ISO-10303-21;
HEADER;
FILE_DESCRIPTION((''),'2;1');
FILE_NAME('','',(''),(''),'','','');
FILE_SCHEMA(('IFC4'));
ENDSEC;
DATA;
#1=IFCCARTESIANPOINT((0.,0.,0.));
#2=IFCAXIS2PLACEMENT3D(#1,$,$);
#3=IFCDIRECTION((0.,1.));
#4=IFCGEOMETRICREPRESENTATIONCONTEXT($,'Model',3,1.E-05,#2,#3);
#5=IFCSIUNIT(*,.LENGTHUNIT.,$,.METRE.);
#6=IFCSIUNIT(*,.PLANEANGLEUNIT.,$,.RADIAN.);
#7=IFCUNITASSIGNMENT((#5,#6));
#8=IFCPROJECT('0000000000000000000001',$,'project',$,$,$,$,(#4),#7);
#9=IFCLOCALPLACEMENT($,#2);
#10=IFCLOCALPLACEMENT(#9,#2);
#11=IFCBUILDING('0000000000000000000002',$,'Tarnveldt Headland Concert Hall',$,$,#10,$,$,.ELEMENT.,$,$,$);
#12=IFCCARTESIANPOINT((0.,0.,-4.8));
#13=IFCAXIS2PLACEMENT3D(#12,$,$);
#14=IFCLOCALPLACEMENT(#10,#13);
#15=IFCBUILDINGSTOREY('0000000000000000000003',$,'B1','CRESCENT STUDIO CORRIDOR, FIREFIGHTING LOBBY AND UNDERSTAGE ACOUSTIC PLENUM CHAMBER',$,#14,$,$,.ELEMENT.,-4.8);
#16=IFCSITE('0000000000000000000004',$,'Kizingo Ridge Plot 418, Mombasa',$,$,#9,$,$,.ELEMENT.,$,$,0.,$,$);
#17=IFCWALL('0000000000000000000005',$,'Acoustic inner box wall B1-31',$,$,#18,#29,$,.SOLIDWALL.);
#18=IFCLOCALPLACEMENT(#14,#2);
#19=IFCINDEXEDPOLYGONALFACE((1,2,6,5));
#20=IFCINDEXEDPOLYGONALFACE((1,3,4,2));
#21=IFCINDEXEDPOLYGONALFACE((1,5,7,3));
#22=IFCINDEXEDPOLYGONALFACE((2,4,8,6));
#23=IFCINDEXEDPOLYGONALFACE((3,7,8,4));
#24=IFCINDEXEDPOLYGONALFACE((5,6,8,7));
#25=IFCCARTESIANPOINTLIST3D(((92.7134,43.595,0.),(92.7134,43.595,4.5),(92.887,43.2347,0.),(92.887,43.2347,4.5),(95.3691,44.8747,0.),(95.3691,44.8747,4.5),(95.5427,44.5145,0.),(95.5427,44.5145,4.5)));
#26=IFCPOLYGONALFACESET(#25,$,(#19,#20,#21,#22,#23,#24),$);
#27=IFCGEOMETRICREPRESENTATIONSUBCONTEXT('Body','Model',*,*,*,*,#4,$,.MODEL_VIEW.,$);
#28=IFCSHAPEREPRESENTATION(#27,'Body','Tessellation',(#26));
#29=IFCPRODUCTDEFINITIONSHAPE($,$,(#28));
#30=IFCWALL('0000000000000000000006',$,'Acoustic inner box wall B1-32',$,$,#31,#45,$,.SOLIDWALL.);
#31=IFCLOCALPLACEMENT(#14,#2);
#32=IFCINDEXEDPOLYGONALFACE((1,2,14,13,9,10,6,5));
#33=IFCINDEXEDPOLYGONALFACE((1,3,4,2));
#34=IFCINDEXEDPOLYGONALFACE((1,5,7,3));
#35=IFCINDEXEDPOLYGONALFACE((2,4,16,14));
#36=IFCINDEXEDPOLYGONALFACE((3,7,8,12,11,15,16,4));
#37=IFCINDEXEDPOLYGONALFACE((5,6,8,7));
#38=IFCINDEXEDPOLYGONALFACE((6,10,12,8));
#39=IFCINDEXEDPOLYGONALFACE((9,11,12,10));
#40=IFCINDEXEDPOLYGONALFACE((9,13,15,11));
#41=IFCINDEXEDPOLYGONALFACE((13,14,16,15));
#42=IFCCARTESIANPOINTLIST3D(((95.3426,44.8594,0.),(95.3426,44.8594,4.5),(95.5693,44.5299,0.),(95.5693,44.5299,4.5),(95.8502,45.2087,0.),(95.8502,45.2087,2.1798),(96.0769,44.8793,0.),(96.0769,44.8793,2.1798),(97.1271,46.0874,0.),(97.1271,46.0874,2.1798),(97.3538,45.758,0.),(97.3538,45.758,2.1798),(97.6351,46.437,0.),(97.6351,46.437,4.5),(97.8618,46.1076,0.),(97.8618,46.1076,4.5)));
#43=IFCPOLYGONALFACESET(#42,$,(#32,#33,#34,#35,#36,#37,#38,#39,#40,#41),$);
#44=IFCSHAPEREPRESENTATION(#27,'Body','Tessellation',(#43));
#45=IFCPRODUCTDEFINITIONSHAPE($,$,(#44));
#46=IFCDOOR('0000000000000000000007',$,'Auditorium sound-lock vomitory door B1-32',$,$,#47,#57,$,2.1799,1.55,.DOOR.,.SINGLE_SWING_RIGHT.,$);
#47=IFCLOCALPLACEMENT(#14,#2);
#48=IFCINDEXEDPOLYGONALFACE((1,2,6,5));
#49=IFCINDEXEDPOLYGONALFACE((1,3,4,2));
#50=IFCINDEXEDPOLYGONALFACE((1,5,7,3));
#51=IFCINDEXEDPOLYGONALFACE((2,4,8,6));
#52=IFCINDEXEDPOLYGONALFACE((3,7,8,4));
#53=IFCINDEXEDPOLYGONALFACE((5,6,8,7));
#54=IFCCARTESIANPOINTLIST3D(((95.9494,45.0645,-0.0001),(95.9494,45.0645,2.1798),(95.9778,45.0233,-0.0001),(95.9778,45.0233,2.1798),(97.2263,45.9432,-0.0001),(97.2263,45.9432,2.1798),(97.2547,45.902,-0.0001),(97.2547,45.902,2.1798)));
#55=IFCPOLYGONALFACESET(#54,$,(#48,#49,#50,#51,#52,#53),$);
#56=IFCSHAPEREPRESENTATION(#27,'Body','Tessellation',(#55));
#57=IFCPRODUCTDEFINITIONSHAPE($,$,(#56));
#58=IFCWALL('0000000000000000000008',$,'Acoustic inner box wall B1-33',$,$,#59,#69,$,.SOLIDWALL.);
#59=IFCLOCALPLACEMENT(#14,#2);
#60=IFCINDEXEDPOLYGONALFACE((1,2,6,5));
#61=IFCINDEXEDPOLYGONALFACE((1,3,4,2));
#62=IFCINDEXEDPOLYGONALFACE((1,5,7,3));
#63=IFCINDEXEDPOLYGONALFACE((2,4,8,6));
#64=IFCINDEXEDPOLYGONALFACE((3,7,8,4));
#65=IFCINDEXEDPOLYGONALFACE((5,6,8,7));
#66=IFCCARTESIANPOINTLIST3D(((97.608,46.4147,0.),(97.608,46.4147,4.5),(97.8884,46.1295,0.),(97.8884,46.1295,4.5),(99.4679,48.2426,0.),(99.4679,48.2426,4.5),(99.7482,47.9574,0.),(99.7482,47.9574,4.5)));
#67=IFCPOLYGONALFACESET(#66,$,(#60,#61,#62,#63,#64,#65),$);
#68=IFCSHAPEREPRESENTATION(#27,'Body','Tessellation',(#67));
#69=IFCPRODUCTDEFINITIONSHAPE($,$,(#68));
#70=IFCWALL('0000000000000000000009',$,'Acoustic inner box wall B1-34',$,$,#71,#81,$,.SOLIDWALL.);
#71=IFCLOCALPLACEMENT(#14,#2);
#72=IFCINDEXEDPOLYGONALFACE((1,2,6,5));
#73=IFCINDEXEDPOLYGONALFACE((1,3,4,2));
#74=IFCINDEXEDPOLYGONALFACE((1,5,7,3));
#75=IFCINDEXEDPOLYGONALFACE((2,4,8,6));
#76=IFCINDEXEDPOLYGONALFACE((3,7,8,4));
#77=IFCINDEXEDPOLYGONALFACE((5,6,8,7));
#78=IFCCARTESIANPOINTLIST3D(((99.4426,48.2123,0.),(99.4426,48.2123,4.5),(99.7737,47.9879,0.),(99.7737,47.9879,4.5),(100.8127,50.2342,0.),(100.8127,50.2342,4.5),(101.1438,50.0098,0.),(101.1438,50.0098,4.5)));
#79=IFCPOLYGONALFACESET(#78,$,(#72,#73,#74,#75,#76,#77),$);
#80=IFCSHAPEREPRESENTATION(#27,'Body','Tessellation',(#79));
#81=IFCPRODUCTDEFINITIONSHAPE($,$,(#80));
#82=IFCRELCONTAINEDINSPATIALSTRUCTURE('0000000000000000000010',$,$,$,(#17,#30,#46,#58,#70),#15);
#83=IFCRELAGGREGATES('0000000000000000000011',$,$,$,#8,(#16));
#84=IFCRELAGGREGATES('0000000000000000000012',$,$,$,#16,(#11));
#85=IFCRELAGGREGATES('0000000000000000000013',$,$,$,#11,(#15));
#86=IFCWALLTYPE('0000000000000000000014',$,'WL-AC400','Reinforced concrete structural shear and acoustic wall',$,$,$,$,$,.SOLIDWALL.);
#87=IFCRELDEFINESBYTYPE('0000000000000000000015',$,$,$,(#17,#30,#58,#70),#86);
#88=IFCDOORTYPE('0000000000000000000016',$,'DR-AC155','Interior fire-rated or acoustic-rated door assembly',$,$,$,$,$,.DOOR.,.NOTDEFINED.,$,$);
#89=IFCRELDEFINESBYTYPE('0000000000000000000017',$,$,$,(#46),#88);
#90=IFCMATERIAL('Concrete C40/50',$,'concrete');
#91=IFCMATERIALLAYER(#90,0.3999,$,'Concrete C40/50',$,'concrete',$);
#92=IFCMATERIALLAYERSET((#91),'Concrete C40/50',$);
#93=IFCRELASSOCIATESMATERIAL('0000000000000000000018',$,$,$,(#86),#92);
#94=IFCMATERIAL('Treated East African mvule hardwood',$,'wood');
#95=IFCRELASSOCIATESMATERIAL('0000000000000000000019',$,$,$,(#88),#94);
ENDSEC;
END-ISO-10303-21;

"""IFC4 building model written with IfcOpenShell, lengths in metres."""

from ifc_helpers import new_model, si_unit, direction, frame, frame_2d, origin, place, context, subcontext, project, spatial, rectangle, extrude, material, layer, layer_set, type_object, element, fill, save


model = new_model("IFC4")

# Units and contexts
model_context = context("Model", 3, precision=1e-05, world=origin(), true_north=direction((0.0, 1.0)))
body_context = subcontext(model_context, "Body", "Model", "MODEL_VIEW")
ifc_project = project(units=[si_unit("LENGTHUNIT", "METRE"), si_unit("PLANEANGLEUNIT", "RADIAN")], contexts=[model_context])

# Site, building, storey
site_placement = place(None, origin())
site = spatial("IfcSite", under=ifc_project, at=site_placement, Name="Kizingo Ridge Plot 418, Mombasa", CompositionType="ELEMENT", RefElevation=0.0)
building_placement = place(site_placement, origin())
building = spatial("IfcBuilding", under=site, at=building_placement, Name="Tarnveldt Headland Concert Hall", CompositionType="ELEMENT")
storey_placement = place(building_placement, frame((0.0, 0.0, -4.8)))
storey = spatial("IfcBuildingStorey", under=building, at=storey_placement, Name="B1", Description="CRESCENT STUDIO CORRIDOR, FIREFIGHTING LOBBY AND UNDERSTAGE ACOUSTIC PLENUM CHAMBER", CompositionType="ELEMENT", Elevation=-4.8)

# Shared definitions
ifc_material_1 = material(Name="Concrete C40/50", Category="concrete")

# Wall
ifc_layer = layer(ifc_material_1, 0.3999, Name="Concrete C40/50", Category="concrete")
ifc_layer_set = layer_set([ifc_layer], Name="Concrete C40/50")
wall_type = type_object("IfcWallType", Name="WL-AC400", Description="Reinforced concrete structural shear and acoustic wall", PredefinedType="SOLIDWALL", material=ifc_layer_set)
wall_1_placement = place(storey_placement, frame((92.8, 43.4148, 0.0), z_axis=(0.0, 0.0, 1.0), x_axis=(0.900858, 0.434114, 0.0)))
element("IfcWall", 1, at=wall_1_placement, inside=storey, type_object=wall_type, Name="Acoustic inner box wall B1-31", PredefinedType="SOLIDWALL", context=body_context, shape_type="SweptSolid", body=[
    extrude(rectangle(XDim=2.948, YDim=0.3999, at=frame_2d((1.4741, 0.0))), origin(), (0.0, 0.0, 1.0), 4.5),
])

# Wall, opening, door
wall_2_placement = place(storey_placement, frame((95.4558, 44.6946, 0.0), z_axis=(0.0, 0.0, 1.0), x_axis=(0.823781, 0.566909, 0.0)))
wall_2 = element("IfcWall", 2, at=wall_2_placement, inside=storey, type_object=wall_type, Name="Acoustic inner box wall B1-32", PredefinedType="SOLIDWALL", context=body_context, shape_type="SweptSolid", body=[
    extrude(rectangle(XDim=2.783, YDim=0.3999, at=frame_2d((1.3916, 0.0))), origin(), (0.0, 0.0, 1.0), 4.5),
])
opening_placement = place(wall_2_placement, frame((0.6165, 0.0, 0.0)))
opening = element("IfcOpeningElement", 3, at=opening_placement, cuts=wall_2, PredefinedType="OPENING", context=body_context, shape_type="SweptSolid", body=[
    extrude(rectangle(XDim=1.55, YDim=2.1799, at=frame_2d((0.7749, 1.0898))), frame((0.0, 0.21, 0.0), z_axis=(0.0, -1.0, 0.0), x_axis=(1.0, 0.0, 0.0)), (0.0, 0.0, 1.0), 0.4199),
])
ifc_material_2 = material(Name="Treated East African mvule hardwood", Category="wood")
door_type = type_object("IfcDoorType", Name="DR-AC155", Description="Interior fire-rated or acoustic-rated door assembly", OperationType="NOTDEFINED", PredefinedType="DOOR", material=ifc_material_2)
door_placement = place(opening_placement, origin())
door = element("IfcDoor", 4, at=door_placement, inside=storey, type_object=door_type, Name="Auditorium sound-lock vomitory door B1-32", OperationType="SINGLE_SWING_RIGHT", OverallHeight=2.1799, OverallWidth=1.55, PredefinedType="DOOR", context=body_context, shape_type="SweptSolid", body=[
    extrude(rectangle(XDim=1.55, YDim=2.1799, at=frame_2d((0.7749, 1.0898))), frame((0.0, 0.0249, 0.0), z_axis=(0.0, -1.0, 0.0), x_axis=(1.0, 0.0, 0.0)), (0.0, 0.0, 1.0), 0.05),
])
fill(opening, door)

# Walls
wall_3_placement = place(storey_placement, frame((97.7483, 46.2722, 0.0), z_axis=(0.0, 0.0, 1.0), x_axis=(0.713212, 0.700948, 0.0)))
element("IfcWall", 5, at=wall_3_placement, inside=storey, type_object=wall_type, Name="Acoustic inner box wall B1-33", PredefinedType="SOLIDWALL", context=body_context, shape_type="SweptSolid", body=[
    extrude(rectangle(XDim=2.6077, YDim=0.3999, at=frame_2d((1.3037, 0.0))), origin(), (0.0, 0.0, 1.0), 4.5),
])
wall_4_placement = place(storey_placement, frame((99.6082, 48.1001, 0.0), z_axis=(0.0, 0.0, 1.0), x_axis=(0.560959, 0.827844, 0.0)))
element("IfcWall", 6, at=wall_4_placement, inside=storey, type_object=wall_type, Name="Acoustic inner box wall B1-34", PredefinedType="SOLIDWALL", context=body_context, shape_type="SweptSolid", body=[
    extrude(rectangle(XDim=2.4424, YDim=0.3999, at=frame_2d((1.2212, 0.0))), origin(), (0.0, 0.0, 1.0), 4.5),
])

save(model, "model.ifc")
